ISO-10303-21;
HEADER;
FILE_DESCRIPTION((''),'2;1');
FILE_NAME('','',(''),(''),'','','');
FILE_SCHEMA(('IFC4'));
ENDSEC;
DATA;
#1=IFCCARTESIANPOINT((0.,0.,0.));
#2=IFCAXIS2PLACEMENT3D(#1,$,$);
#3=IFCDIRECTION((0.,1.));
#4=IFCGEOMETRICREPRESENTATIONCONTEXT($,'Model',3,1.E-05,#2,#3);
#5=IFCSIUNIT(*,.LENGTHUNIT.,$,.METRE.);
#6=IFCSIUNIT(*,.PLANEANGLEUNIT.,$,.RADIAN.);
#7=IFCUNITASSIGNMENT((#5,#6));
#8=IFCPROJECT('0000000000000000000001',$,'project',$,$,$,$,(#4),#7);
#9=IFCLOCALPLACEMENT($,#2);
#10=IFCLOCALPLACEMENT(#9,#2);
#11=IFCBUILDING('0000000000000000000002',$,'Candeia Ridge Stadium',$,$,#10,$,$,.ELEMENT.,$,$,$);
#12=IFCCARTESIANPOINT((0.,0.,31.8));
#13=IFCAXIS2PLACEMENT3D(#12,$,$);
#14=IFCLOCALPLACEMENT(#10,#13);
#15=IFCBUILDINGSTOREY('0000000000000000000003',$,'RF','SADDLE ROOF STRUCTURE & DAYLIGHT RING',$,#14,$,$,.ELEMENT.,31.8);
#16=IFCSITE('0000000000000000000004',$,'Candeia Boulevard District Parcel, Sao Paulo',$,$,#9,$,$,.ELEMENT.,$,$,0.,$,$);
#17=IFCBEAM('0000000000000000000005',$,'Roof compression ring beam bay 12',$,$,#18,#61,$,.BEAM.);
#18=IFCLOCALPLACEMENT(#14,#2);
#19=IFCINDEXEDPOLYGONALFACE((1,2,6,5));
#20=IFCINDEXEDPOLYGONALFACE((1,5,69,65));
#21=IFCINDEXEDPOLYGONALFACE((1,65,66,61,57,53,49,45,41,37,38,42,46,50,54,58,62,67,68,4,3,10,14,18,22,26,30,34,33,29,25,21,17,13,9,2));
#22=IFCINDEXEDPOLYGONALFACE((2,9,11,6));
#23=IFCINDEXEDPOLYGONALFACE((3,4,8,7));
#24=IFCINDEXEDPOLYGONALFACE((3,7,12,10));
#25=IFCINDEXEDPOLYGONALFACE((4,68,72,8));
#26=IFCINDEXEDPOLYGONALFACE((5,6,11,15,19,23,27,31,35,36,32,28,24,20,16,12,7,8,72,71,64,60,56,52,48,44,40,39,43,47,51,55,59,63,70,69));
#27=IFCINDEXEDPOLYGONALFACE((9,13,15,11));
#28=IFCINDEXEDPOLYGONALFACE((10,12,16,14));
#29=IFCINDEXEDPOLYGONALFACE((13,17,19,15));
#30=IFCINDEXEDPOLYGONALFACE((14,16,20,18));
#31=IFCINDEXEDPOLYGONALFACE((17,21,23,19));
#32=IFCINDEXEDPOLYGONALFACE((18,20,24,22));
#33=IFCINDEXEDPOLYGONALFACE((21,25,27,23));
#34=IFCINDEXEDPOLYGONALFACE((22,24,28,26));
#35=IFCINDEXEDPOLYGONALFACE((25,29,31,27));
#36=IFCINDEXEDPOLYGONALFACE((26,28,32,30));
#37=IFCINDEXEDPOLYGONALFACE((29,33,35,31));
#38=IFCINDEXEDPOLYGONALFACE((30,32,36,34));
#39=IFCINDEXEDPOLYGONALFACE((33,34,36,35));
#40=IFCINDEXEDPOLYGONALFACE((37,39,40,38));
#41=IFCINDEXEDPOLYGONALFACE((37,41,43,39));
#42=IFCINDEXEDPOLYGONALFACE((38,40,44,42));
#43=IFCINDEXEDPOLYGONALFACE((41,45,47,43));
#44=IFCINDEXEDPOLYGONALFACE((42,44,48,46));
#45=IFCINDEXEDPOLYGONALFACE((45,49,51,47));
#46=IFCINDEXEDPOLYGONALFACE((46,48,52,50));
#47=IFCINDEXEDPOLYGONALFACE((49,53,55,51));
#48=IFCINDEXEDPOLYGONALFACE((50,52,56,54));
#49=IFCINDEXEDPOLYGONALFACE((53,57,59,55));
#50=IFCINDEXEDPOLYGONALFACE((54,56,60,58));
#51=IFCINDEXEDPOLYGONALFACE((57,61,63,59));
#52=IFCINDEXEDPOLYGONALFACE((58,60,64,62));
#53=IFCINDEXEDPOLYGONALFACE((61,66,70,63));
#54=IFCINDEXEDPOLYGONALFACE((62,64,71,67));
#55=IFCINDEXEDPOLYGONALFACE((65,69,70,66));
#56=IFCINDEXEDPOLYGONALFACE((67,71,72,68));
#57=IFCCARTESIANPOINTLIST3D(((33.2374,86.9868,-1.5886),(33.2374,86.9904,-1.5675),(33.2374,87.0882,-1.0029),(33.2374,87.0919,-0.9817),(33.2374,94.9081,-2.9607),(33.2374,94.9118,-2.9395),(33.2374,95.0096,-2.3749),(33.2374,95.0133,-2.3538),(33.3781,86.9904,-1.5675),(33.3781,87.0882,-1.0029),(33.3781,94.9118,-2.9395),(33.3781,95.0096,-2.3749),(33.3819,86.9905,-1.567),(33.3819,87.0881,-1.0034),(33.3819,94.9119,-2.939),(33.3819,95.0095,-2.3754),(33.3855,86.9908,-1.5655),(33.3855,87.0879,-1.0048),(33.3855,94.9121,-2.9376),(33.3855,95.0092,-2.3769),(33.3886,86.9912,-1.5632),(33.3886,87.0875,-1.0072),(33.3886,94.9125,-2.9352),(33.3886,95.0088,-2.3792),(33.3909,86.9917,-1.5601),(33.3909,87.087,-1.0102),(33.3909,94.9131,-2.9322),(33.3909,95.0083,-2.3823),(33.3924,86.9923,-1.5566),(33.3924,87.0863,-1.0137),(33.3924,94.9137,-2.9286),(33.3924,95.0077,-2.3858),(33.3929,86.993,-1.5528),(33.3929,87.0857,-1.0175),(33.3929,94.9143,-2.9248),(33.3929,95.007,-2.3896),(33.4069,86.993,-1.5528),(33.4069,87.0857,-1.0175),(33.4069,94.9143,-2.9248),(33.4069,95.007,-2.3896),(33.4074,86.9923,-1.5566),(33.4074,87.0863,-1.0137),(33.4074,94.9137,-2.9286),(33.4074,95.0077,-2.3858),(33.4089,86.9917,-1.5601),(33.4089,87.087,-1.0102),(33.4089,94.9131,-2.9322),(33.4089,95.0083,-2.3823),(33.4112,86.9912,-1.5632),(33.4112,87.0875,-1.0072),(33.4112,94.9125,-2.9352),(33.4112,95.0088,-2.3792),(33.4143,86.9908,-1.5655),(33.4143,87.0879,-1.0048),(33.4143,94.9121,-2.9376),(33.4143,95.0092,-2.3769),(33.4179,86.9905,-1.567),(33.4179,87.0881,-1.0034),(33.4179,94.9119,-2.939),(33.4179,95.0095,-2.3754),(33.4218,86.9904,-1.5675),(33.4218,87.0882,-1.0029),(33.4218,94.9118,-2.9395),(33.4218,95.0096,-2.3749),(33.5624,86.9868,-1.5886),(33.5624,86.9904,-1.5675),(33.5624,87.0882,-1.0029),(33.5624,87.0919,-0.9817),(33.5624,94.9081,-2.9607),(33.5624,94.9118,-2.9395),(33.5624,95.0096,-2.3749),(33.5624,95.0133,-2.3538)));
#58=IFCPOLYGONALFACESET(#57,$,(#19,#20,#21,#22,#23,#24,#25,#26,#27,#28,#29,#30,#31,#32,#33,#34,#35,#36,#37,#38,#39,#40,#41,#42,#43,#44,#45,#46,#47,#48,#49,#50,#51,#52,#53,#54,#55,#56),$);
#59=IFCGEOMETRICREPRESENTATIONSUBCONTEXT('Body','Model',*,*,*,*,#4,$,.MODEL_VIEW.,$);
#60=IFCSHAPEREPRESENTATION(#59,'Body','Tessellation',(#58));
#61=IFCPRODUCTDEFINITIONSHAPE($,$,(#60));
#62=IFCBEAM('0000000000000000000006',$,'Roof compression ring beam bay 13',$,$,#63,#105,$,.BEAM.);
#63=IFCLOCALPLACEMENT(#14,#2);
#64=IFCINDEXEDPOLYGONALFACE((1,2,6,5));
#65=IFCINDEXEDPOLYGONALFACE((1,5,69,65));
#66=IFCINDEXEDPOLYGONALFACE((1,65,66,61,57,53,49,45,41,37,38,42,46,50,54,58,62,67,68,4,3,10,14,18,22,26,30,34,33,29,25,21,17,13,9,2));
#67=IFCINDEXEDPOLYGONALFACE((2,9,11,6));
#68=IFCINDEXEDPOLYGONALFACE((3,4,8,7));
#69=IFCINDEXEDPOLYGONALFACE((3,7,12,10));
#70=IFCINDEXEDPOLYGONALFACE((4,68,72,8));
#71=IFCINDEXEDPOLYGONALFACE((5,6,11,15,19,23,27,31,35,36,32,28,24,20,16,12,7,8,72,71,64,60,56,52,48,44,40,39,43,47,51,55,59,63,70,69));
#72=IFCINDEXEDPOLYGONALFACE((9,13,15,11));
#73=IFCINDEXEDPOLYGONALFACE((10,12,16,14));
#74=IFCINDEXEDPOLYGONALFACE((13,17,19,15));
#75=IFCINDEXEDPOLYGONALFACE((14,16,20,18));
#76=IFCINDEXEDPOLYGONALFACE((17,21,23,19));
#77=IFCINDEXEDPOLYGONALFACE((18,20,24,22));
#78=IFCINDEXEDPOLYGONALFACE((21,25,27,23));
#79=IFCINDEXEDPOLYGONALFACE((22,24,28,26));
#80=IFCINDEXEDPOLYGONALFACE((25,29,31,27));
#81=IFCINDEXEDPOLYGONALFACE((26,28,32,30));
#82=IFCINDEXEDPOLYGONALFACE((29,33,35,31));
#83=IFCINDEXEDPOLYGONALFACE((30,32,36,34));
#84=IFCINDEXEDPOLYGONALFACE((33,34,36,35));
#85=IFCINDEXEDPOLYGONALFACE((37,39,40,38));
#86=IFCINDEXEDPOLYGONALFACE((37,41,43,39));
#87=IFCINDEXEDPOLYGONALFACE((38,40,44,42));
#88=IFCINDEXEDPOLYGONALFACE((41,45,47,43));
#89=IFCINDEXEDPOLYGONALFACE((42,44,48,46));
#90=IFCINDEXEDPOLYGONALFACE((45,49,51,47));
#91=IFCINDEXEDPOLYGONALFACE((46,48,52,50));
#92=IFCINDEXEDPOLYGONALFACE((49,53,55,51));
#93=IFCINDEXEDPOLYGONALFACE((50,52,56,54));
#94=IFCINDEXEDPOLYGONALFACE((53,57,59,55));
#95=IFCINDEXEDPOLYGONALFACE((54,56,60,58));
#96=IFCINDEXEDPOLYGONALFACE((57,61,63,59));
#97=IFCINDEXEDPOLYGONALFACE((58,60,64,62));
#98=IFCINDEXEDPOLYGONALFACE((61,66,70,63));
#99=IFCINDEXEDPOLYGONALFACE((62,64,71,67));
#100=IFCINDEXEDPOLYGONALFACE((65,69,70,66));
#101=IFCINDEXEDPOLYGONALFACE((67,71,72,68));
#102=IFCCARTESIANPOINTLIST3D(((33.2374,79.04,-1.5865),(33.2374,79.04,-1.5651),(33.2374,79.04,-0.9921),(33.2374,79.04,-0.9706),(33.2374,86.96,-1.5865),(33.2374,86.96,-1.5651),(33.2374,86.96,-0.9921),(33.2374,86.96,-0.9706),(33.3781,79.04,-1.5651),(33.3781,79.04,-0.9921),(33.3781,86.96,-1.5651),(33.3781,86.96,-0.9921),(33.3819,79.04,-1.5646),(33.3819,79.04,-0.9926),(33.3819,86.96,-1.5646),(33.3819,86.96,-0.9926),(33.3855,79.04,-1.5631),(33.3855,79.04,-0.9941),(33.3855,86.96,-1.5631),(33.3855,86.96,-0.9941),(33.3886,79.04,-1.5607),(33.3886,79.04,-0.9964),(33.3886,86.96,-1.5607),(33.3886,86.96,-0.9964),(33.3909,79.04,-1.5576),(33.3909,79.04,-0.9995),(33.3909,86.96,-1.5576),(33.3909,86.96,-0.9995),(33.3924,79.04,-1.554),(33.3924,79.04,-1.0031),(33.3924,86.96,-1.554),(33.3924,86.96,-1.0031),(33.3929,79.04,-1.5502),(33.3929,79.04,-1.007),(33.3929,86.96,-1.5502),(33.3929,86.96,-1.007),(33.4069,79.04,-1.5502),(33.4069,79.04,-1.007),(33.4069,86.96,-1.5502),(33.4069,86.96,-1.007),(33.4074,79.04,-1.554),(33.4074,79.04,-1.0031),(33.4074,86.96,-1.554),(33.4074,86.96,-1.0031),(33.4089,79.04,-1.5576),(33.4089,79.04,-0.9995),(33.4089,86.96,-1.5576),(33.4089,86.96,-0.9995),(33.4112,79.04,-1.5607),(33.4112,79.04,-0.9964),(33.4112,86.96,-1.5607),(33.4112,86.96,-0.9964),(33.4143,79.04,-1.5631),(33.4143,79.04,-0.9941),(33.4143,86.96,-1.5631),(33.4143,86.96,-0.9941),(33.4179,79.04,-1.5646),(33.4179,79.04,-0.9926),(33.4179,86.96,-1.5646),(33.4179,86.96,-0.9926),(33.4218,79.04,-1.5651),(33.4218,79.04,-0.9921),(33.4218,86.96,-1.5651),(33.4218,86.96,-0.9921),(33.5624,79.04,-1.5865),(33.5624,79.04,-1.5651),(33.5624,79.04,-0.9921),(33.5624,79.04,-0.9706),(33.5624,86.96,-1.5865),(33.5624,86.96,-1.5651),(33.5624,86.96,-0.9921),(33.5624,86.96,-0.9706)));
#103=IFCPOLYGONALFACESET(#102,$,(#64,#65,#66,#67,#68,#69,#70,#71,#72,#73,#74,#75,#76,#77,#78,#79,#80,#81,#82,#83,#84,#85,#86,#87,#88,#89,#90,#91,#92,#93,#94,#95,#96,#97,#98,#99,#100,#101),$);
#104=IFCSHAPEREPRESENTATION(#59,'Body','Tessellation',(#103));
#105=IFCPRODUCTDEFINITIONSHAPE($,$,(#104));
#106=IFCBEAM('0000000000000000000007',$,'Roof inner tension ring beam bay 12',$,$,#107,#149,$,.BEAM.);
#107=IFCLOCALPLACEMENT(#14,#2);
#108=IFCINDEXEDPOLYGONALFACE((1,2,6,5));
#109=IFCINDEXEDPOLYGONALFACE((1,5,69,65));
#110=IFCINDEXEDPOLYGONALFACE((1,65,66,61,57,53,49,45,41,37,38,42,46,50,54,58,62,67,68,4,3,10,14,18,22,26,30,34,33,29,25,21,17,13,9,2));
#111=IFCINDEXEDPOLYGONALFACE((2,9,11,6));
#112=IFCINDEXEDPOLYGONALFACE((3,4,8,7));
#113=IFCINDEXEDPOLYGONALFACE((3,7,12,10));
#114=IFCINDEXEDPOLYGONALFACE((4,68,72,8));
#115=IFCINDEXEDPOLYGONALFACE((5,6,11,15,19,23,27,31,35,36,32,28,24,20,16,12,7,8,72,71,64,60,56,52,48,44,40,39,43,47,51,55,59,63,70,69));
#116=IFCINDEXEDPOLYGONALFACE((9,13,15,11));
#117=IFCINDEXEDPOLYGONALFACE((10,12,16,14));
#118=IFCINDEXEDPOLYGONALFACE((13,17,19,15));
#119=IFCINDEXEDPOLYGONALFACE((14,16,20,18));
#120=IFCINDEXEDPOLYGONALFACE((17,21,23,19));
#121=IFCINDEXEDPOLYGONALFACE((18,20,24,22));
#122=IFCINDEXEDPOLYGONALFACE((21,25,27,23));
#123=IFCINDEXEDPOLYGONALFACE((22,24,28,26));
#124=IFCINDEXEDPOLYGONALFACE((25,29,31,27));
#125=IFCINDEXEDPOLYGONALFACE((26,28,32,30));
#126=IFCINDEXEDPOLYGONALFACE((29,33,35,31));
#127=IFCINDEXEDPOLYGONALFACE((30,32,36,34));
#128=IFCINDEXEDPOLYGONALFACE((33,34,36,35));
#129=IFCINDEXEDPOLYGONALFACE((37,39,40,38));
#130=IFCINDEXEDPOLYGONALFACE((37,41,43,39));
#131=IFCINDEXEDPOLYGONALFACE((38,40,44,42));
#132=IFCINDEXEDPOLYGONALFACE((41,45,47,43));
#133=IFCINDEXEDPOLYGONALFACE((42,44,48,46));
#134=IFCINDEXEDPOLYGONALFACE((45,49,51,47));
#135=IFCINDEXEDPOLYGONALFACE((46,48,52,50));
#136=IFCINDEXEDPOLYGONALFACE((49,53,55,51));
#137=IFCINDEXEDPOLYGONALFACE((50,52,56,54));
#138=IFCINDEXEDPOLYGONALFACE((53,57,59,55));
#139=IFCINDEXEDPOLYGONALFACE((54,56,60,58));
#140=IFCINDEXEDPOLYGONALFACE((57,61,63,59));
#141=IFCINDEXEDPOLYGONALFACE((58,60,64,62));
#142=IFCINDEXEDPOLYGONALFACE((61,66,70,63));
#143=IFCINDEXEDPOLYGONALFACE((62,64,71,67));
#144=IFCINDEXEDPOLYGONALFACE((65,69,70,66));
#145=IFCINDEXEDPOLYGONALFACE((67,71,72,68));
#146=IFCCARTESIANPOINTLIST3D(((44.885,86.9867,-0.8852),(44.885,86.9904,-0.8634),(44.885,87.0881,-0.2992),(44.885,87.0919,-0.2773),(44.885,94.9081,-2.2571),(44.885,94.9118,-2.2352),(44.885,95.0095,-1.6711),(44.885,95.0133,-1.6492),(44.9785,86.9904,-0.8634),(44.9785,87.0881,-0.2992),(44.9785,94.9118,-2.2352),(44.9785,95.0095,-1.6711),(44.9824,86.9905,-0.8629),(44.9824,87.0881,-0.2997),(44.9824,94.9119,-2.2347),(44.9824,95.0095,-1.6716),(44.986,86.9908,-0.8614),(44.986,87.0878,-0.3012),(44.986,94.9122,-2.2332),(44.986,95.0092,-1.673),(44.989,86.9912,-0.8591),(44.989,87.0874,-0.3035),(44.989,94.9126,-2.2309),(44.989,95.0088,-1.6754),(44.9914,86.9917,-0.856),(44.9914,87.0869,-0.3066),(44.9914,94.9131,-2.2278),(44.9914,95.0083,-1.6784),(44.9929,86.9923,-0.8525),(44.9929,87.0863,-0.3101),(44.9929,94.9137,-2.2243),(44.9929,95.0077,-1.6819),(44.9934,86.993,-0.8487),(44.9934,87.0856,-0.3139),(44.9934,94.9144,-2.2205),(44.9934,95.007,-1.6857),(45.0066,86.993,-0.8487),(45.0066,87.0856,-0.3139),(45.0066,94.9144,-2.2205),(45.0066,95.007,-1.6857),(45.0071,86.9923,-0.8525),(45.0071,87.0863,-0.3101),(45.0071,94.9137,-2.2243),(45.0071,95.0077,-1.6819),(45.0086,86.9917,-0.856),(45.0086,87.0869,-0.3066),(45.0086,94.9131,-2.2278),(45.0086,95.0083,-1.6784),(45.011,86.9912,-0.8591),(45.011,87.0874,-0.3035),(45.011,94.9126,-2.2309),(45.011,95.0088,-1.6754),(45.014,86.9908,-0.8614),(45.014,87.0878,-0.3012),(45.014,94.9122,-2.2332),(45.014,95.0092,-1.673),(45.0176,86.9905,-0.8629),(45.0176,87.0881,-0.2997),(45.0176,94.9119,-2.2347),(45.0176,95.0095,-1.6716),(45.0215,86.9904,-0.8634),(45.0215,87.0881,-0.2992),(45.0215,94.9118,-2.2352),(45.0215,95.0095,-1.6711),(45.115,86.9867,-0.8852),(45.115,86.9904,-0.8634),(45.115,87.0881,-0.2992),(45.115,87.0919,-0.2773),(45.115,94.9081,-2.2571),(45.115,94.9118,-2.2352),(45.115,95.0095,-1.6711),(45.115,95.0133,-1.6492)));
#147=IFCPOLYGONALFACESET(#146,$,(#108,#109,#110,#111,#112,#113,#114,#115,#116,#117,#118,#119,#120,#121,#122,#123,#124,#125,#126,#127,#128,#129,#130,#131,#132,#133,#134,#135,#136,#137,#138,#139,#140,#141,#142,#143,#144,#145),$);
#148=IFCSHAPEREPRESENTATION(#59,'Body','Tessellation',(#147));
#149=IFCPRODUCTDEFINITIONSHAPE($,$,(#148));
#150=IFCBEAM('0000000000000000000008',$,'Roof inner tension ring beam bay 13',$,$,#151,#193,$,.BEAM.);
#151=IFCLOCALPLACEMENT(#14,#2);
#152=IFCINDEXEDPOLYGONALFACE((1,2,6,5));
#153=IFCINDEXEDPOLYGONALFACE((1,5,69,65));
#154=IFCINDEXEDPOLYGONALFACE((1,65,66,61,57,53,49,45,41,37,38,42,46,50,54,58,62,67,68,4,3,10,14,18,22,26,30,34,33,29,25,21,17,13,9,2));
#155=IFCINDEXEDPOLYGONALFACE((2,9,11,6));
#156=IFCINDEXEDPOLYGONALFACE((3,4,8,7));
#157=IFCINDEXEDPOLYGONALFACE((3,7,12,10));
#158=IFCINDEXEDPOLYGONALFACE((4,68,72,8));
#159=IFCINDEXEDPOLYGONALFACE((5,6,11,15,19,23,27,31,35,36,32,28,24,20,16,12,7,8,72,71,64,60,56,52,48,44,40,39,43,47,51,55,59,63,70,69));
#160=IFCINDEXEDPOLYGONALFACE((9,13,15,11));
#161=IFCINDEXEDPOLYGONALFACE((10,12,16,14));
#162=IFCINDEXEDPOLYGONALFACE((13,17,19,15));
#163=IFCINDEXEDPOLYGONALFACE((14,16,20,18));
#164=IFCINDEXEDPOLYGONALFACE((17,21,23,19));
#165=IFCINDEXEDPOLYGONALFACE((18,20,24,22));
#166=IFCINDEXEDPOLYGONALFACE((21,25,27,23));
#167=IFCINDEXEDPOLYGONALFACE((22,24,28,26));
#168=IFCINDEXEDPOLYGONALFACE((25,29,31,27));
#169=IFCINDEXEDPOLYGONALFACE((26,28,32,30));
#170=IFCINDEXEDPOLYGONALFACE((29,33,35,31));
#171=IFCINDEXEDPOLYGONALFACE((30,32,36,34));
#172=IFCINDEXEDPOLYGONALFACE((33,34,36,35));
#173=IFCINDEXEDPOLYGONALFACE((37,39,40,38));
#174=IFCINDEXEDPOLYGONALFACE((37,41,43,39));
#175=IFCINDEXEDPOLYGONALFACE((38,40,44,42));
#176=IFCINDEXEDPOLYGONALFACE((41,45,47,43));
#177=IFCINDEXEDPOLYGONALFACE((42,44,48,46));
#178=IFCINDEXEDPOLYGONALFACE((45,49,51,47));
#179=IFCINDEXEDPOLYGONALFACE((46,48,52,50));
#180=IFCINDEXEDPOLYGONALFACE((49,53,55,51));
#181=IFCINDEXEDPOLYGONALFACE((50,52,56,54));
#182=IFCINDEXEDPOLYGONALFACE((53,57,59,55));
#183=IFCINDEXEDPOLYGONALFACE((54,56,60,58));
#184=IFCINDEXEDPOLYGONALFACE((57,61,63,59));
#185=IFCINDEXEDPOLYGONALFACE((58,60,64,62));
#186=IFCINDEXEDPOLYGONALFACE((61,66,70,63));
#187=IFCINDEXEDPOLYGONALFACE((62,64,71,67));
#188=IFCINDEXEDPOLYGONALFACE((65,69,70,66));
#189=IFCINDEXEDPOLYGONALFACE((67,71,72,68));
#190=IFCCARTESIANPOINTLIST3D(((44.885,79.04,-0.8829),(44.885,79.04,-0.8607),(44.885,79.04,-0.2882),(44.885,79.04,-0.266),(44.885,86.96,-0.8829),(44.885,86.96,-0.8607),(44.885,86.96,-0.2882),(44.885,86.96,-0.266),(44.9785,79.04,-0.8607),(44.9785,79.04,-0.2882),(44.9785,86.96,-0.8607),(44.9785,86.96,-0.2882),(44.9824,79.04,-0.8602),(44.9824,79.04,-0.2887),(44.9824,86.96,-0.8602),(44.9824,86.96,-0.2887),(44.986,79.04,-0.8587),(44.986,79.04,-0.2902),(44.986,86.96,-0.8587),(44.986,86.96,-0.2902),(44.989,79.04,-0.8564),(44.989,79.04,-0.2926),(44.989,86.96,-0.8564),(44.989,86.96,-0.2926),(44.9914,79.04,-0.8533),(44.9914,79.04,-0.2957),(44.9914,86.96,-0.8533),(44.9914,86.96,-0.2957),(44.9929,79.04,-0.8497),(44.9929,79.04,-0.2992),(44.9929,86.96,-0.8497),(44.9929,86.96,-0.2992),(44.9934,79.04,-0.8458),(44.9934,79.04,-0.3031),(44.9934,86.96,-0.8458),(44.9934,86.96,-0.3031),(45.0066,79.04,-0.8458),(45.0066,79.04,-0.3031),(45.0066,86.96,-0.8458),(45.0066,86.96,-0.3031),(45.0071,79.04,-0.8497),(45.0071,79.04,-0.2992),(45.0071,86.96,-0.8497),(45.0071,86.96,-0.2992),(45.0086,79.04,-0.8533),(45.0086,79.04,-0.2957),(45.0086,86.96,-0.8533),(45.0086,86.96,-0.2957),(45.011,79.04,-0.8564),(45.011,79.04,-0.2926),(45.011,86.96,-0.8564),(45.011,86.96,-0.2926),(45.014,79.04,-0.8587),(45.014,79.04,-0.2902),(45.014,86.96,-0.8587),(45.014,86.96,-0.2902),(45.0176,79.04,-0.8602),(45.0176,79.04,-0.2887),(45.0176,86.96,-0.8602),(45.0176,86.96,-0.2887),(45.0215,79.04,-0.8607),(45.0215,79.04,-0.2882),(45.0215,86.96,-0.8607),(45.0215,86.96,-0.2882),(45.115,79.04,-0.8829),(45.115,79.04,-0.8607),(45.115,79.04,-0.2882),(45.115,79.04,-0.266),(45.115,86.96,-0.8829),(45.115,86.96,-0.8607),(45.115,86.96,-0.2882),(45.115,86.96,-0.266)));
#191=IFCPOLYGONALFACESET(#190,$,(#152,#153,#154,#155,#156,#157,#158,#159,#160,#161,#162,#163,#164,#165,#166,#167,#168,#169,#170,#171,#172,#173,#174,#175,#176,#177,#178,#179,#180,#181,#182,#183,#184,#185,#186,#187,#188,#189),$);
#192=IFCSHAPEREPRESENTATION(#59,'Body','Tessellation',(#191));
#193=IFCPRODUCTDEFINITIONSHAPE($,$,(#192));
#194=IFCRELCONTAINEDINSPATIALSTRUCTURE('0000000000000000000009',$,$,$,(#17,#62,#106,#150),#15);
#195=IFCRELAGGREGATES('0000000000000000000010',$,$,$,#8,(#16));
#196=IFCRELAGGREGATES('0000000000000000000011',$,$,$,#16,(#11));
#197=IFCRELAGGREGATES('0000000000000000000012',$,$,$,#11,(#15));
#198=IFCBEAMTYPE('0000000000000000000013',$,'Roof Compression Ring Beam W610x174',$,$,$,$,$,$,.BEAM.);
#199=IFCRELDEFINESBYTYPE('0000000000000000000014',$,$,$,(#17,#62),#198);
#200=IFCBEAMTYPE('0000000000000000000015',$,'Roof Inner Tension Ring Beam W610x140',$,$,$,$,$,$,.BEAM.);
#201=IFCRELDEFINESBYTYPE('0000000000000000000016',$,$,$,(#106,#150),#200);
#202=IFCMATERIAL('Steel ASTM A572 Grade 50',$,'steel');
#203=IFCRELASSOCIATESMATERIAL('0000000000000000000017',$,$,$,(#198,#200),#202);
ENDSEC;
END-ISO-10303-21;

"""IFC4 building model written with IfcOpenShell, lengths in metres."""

from ifc_helpers import new_model, si_unit, direction, frame, origin, origin_2d, place, context, subcontext, project, spatial, i_section, extrude, material, material_profile, profile_set, type_object, element, save


model = new_model("IFC4")

# Units and contexts
model_context = context("Model", 3, precision=1e-05, world=origin(), true_north=direction((0.0, 1.0)))
body_context = subcontext(model_context, "Body", "Model", "MODEL_VIEW")
ifc_project = project(units=[si_unit("LENGTHUNIT", "METRE"), si_unit("PLANEANGLEUNIT", "RADIAN")], contexts=[model_context])

# Site, building, storey
site_placement = place(None, origin())
site = spatial("IfcSite", under=ifc_project, at=site_placement, Name="Candeia Boulevard District Parcel, Sao Paulo", CompositionType="ELEMENT", RefElevation=0.0)
building_placement = place(site_placement, origin())
building = spatial("IfcBuilding", under=site, at=building_placement, Name="Candeia Ridge Stadium", CompositionType="ELEMENT")
storey_placement = place(building_placement, frame((0.0, 0.0, 31.8)))
storey = spatial("IfcBuildingStorey", under=building, at=storey_placement, Name="RF", Description="SADDLE ROOF STRUCTURE & DAYLIGHT RING", CompositionType="ELEMENT", Elevation=31.8)

# Beams
ifc_material_1 = material(Name="Steel ASTM A572 Grade 50", Category="steel")
ifc_material_profile_1 = material_profile(ifc_material_1, i_section(OverallWidth=0.325, OverallDepth=0.616, WebThickness=0.0139, FlangeThickness=0.0215, FilletRadius=0.0149, at=origin_2d()), Name="W610x174", Category="steel")
ifc_profile_set_1 = profile_set([ifc_material_profile_1], Name="Steel ASTM A572 Grade 50")
beam_type_1 = type_object("IfcBeamType", Name="Roof Compression Ring Beam W610x174", PredefinedType="BEAM", material=ifc_profile_set_1)
beam_1_placement = place(storey_placement, frame((33.3999, 94.9607, -2.6572), z_axis=(0.0, -0.985328, 0.17067), x_axis=(1.0, 0.0, 0.0)))
element("IfcBeam", 1, at=beam_1_placement, inside=storey, type_object=beam_type_1, Name="Roof compression ring beam bay 12", PredefinedType="BEAM", context=body_context, shape_type="SweptSolid", body=[
    extrude(i_section(OverallWidth=0.325, OverallDepth=0.616, WebThickness=0.0139, FlangeThickness=0.0215, FilletRadius=0.0149, at=origin_2d()), origin(), (0.0, 0.0, 1.0), 8.0393),
])
beam_2_placement = place(storey_placement, frame((33.3999, 86.96, -1.2786), z_axis=(0.0, -1.0, 0.0), x_axis=(1.0, 0.0, 0.0)))
element("IfcBeam", 2, at=beam_2_placement, inside=storey, type_object=beam_type_1, Name="Roof compression ring beam bay 13", PredefinedType="BEAM", context=body_context, shape_type="SweptSolid", body=[
    extrude(i_section(OverallWidth=0.325, OverallDepth=0.616, WebThickness=0.0139, FlangeThickness=0.0215, FilletRadius=0.0149, at=origin_2d()), origin(), (0.0, 0.0, 1.0), 7.9199),
])
ifc_material_profile_2 = material_profile(ifc_material_1, i_section(OverallWidth=0.23, OverallDepth=0.6169, WebThickness=0.0132, FlangeThickness=0.0222, FilletRadius=0.0149, at=origin_2d()), Name="W610x140", Category="steel")
ifc_profile_set_2 = profile_set([ifc_material_profile_2], Name="Steel ASTM A572 Grade 50")
beam_type_2 = type_object("IfcBeamType", Name="Roof Inner Tension Ring Beam W610x140", PredefinedType="BEAM", material=ifc_profile_set_2)
beam_3_placement = place(storey_placement, frame((45.0, 94.9607, -1.9531), z_axis=(0.0, -0.985333, 0.17064), x_axis=(1.0, 0.0, 0.0)))
element("IfcBeam", 3, at=beam_3_placement, inside=storey, type_object=beam_type_2, Name="Roof inner tension ring beam bay 12", PredefinedType="BEAM", context=body_context, shape_type="SweptSolid", body=[
    extrude(i_section(OverallWidth=0.23, OverallDepth=0.6169, WebThickness=0.0132, FlangeThickness=0.0222, FilletRadius=0.0149, at=origin_2d()), origin(), (0.0, 0.0, 1.0), 8.0393),
])
beam_4_placement = place(storey_placement, frame((45.0, 86.96, -0.5745), z_axis=(0.0, -1.0, 0.0), x_axis=(1.0, 0.0, 0.0)))
element("IfcBeam", 4, at=beam_4_placement, inside=storey, type_object=beam_type_2, Name="Roof inner tension ring beam bay 13", PredefinedType="BEAM", context=body_context, shape_type="SweptSolid", body=[
    extrude(i_section(OverallWidth=0.23, OverallDepth=0.6169, WebThickness=0.0132, FlangeThickness=0.0222, FilletRadius=0.0149, at=origin_2d()), origin(), (0.0, 0.0, 1.0), 7.9199),
])

save(model, "model.ifc")
